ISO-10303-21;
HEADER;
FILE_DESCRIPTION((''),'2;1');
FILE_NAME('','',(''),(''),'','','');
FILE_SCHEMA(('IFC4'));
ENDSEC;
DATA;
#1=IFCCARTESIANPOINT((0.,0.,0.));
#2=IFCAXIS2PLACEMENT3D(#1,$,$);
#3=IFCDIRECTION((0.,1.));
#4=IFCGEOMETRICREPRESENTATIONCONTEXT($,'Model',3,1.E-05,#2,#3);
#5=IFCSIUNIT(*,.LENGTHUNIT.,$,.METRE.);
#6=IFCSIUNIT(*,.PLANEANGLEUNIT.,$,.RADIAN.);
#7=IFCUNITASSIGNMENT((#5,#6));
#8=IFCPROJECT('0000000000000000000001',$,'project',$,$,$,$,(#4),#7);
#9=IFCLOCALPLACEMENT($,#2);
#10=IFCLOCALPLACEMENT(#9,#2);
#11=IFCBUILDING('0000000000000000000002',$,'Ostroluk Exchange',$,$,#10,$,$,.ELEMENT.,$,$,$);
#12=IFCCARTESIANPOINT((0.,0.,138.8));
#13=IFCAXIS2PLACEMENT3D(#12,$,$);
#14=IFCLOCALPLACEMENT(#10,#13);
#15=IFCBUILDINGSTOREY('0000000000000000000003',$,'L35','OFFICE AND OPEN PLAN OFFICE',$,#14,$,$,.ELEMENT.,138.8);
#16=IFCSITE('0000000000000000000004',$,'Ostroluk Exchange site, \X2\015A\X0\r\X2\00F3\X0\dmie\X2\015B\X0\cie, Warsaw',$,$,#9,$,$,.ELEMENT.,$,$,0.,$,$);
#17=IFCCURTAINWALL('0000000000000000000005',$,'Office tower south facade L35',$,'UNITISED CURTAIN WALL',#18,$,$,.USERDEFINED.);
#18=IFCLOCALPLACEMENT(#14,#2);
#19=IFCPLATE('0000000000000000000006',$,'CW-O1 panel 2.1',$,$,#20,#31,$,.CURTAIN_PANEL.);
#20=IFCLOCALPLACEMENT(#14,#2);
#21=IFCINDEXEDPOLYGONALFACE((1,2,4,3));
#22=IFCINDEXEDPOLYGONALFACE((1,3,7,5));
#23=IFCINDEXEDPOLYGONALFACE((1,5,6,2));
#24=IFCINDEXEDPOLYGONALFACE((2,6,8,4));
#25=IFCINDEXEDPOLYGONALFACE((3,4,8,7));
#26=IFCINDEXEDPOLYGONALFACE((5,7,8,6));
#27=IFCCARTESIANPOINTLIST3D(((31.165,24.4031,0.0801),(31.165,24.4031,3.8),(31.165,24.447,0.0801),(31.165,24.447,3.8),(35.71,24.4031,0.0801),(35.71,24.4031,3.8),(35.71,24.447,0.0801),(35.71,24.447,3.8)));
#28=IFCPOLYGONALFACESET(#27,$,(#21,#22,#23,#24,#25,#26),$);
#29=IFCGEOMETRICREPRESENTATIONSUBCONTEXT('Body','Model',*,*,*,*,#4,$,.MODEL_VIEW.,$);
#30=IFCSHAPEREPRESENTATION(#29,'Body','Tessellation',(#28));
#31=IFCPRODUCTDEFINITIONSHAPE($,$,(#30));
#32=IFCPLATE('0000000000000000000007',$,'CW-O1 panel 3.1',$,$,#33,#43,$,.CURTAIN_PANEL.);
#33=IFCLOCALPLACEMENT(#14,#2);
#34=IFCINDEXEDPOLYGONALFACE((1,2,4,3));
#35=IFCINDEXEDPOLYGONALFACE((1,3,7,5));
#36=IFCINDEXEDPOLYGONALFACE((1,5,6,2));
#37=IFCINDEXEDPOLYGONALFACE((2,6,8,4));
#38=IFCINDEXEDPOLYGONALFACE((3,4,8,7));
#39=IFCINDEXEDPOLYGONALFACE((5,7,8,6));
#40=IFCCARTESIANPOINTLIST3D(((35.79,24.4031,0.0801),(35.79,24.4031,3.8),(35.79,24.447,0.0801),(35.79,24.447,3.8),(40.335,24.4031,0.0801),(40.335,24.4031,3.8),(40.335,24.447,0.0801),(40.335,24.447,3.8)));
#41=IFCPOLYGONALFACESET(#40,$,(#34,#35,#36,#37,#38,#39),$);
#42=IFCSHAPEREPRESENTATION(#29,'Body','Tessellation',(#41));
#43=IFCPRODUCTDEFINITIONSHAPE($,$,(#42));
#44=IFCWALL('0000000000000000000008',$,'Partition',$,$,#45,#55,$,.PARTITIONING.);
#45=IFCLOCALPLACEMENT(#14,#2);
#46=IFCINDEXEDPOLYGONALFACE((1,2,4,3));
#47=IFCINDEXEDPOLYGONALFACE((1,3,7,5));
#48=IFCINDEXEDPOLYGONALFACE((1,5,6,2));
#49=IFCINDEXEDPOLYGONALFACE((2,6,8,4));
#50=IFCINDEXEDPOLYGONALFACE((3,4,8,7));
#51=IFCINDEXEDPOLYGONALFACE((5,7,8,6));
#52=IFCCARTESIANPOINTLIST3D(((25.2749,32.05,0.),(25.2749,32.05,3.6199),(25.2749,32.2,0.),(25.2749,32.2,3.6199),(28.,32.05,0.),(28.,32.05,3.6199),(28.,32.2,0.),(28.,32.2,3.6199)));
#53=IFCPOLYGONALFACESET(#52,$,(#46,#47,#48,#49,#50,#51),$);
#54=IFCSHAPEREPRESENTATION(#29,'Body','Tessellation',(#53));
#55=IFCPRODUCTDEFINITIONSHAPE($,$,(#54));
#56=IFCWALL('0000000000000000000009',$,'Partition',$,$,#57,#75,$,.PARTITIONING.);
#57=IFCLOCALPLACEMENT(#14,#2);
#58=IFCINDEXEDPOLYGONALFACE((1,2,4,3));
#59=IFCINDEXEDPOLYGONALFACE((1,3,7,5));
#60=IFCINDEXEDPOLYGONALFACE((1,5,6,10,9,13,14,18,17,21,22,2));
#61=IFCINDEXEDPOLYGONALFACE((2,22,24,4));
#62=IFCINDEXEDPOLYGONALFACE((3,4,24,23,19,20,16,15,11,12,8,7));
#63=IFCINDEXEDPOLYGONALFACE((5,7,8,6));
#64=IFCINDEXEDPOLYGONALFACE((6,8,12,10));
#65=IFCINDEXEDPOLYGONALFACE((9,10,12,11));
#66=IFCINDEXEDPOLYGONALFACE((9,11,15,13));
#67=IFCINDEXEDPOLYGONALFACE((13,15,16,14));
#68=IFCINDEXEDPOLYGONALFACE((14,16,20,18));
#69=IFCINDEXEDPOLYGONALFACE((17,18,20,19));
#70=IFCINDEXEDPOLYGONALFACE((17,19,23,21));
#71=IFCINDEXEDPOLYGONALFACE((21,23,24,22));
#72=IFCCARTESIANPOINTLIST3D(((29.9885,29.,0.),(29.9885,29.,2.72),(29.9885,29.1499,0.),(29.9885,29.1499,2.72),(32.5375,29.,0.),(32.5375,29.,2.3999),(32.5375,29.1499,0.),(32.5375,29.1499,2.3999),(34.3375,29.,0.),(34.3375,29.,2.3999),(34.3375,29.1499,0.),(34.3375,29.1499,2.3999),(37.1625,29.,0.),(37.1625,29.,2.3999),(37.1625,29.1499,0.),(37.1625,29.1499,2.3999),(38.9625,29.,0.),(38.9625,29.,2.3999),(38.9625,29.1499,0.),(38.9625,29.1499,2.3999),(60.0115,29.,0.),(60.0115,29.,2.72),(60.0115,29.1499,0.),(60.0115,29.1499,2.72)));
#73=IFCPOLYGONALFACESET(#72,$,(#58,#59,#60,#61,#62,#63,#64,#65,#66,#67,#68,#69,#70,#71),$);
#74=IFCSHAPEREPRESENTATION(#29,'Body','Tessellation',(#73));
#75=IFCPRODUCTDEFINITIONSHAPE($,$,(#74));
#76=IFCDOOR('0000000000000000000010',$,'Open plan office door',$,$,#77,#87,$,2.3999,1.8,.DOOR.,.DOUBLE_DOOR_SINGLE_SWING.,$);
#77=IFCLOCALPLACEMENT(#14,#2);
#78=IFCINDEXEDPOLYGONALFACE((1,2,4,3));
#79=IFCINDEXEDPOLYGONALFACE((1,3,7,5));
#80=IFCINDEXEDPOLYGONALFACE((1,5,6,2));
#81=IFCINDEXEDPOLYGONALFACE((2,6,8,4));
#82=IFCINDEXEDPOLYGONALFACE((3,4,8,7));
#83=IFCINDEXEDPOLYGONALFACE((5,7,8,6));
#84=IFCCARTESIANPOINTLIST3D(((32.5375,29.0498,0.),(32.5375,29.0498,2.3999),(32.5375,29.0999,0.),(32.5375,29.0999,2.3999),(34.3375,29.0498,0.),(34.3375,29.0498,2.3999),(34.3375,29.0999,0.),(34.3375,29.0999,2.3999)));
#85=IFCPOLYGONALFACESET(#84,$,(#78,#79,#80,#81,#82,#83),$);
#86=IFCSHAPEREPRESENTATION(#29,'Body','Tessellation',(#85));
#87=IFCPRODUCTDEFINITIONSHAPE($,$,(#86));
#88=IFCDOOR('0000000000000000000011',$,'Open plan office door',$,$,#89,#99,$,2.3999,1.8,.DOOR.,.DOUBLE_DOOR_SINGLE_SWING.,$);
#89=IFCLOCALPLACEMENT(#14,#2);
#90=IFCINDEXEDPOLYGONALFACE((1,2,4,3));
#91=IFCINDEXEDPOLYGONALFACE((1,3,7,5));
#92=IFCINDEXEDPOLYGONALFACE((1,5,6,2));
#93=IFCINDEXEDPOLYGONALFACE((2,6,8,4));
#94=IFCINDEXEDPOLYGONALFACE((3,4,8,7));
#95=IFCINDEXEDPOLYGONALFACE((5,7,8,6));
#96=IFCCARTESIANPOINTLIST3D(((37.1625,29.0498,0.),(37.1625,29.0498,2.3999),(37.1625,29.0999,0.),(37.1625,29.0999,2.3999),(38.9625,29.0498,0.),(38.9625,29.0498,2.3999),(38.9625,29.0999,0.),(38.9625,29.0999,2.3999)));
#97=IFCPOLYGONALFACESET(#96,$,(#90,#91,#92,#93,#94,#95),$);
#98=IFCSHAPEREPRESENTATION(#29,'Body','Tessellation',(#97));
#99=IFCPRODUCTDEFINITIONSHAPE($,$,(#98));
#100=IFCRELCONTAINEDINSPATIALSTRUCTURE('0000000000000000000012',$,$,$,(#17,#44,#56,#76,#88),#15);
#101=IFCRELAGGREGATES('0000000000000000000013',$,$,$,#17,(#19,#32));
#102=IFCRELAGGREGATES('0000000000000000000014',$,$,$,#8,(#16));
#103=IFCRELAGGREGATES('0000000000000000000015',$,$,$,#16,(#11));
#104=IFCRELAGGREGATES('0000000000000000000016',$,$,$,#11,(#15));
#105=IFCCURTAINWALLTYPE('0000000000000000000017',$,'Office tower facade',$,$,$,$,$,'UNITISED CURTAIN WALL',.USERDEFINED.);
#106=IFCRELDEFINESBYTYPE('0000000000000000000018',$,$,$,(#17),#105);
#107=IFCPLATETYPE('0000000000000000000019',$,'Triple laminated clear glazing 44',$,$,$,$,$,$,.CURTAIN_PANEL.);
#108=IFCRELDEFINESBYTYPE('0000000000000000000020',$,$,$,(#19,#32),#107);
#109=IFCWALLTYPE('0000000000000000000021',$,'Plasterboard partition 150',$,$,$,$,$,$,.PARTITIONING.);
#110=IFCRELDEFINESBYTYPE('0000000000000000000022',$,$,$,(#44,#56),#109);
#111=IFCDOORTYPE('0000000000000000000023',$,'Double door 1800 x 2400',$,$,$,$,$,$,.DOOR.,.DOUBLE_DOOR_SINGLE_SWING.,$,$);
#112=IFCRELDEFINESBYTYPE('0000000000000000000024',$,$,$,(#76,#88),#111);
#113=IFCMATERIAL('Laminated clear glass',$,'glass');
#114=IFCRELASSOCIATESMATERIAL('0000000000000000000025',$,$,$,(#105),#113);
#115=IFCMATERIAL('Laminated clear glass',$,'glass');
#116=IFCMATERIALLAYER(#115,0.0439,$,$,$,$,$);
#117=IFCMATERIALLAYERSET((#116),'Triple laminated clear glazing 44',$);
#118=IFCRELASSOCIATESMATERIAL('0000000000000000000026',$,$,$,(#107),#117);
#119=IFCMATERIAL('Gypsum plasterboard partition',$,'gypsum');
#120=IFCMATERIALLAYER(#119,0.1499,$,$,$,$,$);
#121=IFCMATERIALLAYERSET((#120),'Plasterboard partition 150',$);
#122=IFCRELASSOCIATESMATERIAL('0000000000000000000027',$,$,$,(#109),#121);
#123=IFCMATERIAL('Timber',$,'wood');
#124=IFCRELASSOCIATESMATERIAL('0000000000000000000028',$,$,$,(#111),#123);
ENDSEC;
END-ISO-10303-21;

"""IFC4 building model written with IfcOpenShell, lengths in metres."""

from ifc_helpers import new_model, si_unit, direction, frame, frame_2d, origin, origin_2d, place, context, subcontext, project, spatial, rectangle, extrude, material, layer, layer_set, type_object, element, fill, aggregate, save


model = new_model("IFC4")

# Units and contexts
model_context = context("Model", 3, precision=1e-05, world=origin(), true_north=direction((0.0, 1.0)))
body_context = subcontext(model_context, "Body", "Model", "MODEL_VIEW")
ifc_project = project(units=[si_unit("LENGTHUNIT", "METRE"), si_unit("PLANEANGLEUNIT", "RADIAN")], contexts=[model_context])

# Site, building, storey
site_placement = place(None, origin())
site = spatial("IfcSite", under=ifc_project, at=site_placement, Name="Ostroluk Exchange site, Śródmieście, Warsaw", CompositionType="ELEMENT", RefElevation=0.0)
building_placement = place(site_placement, origin())
building = spatial("IfcBuilding", under=site, at=building_placement, Name="Ostroluk Exchange", CompositionType="ELEMENT")
storey_placement = place(building_placement, frame((0.0, 0.0, 138.8)))
storey = spatial("IfcBuildingStorey", under=building, at=storey_placement, Name="L35", Description="OFFICE AND OPEN PLAN OFFICE", CompositionType="ELEMENT", Elevation=138.8)

# Curtain wall, plates
ifc_material_1 = material(Name="Laminated clear glass", Category="glass")
curtain_wall_type = type_object("IfcCurtainWallType", Name="Office tower facade", ElementType="UNITISED CURTAIN WALL", PredefinedType="USERDEFINED", material=ifc_material_1)
curtain_wall_placement = place(storey_placement, origin())
curtain_wall = element("IfcCurtainWall", 1, at=curtain_wall_placement, inside=storey, type_object=curtain_wall_type, Name="Office tower south facade L35", ObjectType="UNITISED CURTAIN WALL", PredefinedType="USERDEFINED")
ifc_material_2 = material(Name="Laminated clear glass", Category="glass")
ifc_layer_1 = layer(ifc_material_2, 0.0439)
ifc_layer_set_1 = layer_set([ifc_layer_1], Name="Triple laminated clear glazing 44")
plate_type = type_object("IfcPlateType", Name="Triple laminated clear glazing 44", PredefinedType="CURTAIN_PANEL", material=ifc_layer_set_1)
plate_1_placement = place(storey_placement, frame((33.4375, 24.425, 0.0801), z_axis=(0.0, 0.0, 1.0), x_axis=(1.0, 0.0, 0.0)))
plate_1 = element("IfcPlate", 2, at=plate_1_placement, type_object=plate_type, Name="CW-O1 panel 2.1", PredefinedType="CURTAIN_PANEL", context=body_context, shape_type="SweptSolid", body=[
    extrude(rectangle(XDim=4.5449, YDim=0.0439, at=origin_2d()), origin(), (0.0, 0.0, 1.0), 3.72),
])
plate_2_placement = place(storey_placement, frame((38.0625, 24.425, 0.0801), z_axis=(0.0, 0.0, 1.0), x_axis=(1.0, 0.0, 0.0)))
plate_2 = element("IfcPlate", 3, at=plate_2_placement, type_object=plate_type, Name="CW-O1 panel 3.1", PredefinedType="CURTAIN_PANEL", context=body_context, shape_type="SweptSolid", body=[
    extrude(rectangle(XDim=4.5449, YDim=0.0439, at=origin_2d()), origin(), (0.0, 0.0, 1.0), 3.72),
])
aggregate(curtain_wall, [plate_1, plate_2])

# Wall
ifc_material_3 = material(Name="Gypsum plasterboard partition", Category="gypsum")
ifc_layer_2 = layer(ifc_material_3, 0.1499)
ifc_layer_set_2 = layer_set([ifc_layer_2], Name="Plasterboard partition 150")
wall_type = type_object("IfcWallType", Name="Plasterboard partition 150", PredefinedType="PARTITIONING", material=ifc_layer_set_2)
wall_1_placement = place(storey_placement, frame((28.0, 32.125, 0.0), z_axis=(0.0, 0.0, 1.0), x_axis=(-1.0, 0.0, 0.0)))
element("IfcWall", 4, at=wall_1_placement, inside=storey, type_object=wall_type, Name="Partition", PredefinedType="PARTITIONING", context=body_context, shape_type="SweptSolid", body=[
    extrude(rectangle(XDim=2.7251, YDim=0.1499, at=frame_2d((1.3625, 0.0))), origin(), (0.0, 0.0, 1.0), 3.6199),
])

# Wall, openings, doors
wall_2_placement = place(storey_placement, frame((29.9885, 29.075, 0.0), z_axis=(0.0, 0.0, 1.0), x_axis=(1.0, 0.0, 0.0)))
wall_2 = element("IfcWall", 5, at=wall_2_placement, inside=storey, type_object=wall_type, Name="Partition", PredefinedType="PARTITIONING", context=body_context, shape_type="SweptSolid", body=[
    extrude(rectangle(XDim=30.0229, YDim=0.1499, at=frame_2d((15.0115, 0.0))), origin(), (0.0, 0.0, 1.0), 2.72),
])
opening_1_placement = place(wall_2_placement, frame((2.5491, 0.0, 0.0)))
opening_1 = element("IfcOpeningElement", 6, at=opening_1_placement, cuts=wall_2, PredefinedType="OPENING", context=body_context, shape_type="SweptSolid", body=[
    extrude(rectangle(XDim=1.8, YDim=2.3999, at=frame_2d((0.8999, 1.2))), frame((0.0, 0.085, 0.0), z_axis=(0.0, -1.0, 0.0), x_axis=(1.0, 0.0, 0.0)), (0.0, 0.0, 1.0), 0.1699),
])
opening_2_placement = place(wall_2_placement, frame((7.1741, 0.0, 0.0)))
opening_2 = element("IfcOpeningElement", 7, at=opening_2_placement, cuts=wall_2, PredefinedType="OPENING", context=body_context, shape_type="SweptSolid", body=[
    extrude(rectangle(XDim=1.8, YDim=2.3999, at=frame_2d((0.8999, 1.2))), frame((0.0, 0.085, 0.0), z_axis=(0.0, -1.0, 0.0), x_axis=(1.0, 0.0, 0.0)), (0.0, 0.0, 1.0), 0.1699),
])
ifc_material_4 = material(Name="Timber", Category="wood")
door_type = type_object("IfcDoorType", Name="Double door 1800 x 2400", OperationType="DOUBLE_DOOR_SINGLE_SWING", PredefinedType="DOOR", material=ifc_material_4)
door_1_placement = place(opening_1_placement, origin())
door_1 = element("IfcDoor", 8, at=door_1_placement, inside=storey, type_object=door_type, Name="Open plan office door", OperationType="DOUBLE_DOOR_SINGLE_SWING", OverallHeight=2.3999, OverallWidth=1.8, PredefinedType="DOOR", context=body_context, shape_type="SweptSolid", body=[
    extrude(rectangle(XDim=1.8, YDim=2.3999, at=frame_2d((0.8999, 1.2))), frame((0.0, 0.0249, 0.0), z_axis=(0.0, -1.0, 0.0), x_axis=(1.0, 0.0, 0.0)), (0.0, 0.0, 1.0), 0.05),
])
fill(opening_1, door_1)
door_2_placement = place(opening_2_placement, origin())
door_2 = element("IfcDoor", 9, at=door_2_placement, inside=storey, type_object=door_type, Name="Open plan office door", OperationType="DOUBLE_DOOR_SINGLE_SWING", OverallHeight=2.3999, OverallWidth=1.8, PredefinedType="DOOR", context=body_context, shape_type="SweptSolid", body=[
    extrude(rectangle(XDim=1.8, YDim=2.3999, at=frame_2d((0.8999, 1.2))), frame((0.0, 0.0249, 0.0), z_axis=(0.0, -1.0, 0.0), x_axis=(1.0, 0.0, 0.0)), (0.0, 0.0, 1.0), 0.05),
])
fill(opening_2, door_2)

save(model, "model.ifc")
